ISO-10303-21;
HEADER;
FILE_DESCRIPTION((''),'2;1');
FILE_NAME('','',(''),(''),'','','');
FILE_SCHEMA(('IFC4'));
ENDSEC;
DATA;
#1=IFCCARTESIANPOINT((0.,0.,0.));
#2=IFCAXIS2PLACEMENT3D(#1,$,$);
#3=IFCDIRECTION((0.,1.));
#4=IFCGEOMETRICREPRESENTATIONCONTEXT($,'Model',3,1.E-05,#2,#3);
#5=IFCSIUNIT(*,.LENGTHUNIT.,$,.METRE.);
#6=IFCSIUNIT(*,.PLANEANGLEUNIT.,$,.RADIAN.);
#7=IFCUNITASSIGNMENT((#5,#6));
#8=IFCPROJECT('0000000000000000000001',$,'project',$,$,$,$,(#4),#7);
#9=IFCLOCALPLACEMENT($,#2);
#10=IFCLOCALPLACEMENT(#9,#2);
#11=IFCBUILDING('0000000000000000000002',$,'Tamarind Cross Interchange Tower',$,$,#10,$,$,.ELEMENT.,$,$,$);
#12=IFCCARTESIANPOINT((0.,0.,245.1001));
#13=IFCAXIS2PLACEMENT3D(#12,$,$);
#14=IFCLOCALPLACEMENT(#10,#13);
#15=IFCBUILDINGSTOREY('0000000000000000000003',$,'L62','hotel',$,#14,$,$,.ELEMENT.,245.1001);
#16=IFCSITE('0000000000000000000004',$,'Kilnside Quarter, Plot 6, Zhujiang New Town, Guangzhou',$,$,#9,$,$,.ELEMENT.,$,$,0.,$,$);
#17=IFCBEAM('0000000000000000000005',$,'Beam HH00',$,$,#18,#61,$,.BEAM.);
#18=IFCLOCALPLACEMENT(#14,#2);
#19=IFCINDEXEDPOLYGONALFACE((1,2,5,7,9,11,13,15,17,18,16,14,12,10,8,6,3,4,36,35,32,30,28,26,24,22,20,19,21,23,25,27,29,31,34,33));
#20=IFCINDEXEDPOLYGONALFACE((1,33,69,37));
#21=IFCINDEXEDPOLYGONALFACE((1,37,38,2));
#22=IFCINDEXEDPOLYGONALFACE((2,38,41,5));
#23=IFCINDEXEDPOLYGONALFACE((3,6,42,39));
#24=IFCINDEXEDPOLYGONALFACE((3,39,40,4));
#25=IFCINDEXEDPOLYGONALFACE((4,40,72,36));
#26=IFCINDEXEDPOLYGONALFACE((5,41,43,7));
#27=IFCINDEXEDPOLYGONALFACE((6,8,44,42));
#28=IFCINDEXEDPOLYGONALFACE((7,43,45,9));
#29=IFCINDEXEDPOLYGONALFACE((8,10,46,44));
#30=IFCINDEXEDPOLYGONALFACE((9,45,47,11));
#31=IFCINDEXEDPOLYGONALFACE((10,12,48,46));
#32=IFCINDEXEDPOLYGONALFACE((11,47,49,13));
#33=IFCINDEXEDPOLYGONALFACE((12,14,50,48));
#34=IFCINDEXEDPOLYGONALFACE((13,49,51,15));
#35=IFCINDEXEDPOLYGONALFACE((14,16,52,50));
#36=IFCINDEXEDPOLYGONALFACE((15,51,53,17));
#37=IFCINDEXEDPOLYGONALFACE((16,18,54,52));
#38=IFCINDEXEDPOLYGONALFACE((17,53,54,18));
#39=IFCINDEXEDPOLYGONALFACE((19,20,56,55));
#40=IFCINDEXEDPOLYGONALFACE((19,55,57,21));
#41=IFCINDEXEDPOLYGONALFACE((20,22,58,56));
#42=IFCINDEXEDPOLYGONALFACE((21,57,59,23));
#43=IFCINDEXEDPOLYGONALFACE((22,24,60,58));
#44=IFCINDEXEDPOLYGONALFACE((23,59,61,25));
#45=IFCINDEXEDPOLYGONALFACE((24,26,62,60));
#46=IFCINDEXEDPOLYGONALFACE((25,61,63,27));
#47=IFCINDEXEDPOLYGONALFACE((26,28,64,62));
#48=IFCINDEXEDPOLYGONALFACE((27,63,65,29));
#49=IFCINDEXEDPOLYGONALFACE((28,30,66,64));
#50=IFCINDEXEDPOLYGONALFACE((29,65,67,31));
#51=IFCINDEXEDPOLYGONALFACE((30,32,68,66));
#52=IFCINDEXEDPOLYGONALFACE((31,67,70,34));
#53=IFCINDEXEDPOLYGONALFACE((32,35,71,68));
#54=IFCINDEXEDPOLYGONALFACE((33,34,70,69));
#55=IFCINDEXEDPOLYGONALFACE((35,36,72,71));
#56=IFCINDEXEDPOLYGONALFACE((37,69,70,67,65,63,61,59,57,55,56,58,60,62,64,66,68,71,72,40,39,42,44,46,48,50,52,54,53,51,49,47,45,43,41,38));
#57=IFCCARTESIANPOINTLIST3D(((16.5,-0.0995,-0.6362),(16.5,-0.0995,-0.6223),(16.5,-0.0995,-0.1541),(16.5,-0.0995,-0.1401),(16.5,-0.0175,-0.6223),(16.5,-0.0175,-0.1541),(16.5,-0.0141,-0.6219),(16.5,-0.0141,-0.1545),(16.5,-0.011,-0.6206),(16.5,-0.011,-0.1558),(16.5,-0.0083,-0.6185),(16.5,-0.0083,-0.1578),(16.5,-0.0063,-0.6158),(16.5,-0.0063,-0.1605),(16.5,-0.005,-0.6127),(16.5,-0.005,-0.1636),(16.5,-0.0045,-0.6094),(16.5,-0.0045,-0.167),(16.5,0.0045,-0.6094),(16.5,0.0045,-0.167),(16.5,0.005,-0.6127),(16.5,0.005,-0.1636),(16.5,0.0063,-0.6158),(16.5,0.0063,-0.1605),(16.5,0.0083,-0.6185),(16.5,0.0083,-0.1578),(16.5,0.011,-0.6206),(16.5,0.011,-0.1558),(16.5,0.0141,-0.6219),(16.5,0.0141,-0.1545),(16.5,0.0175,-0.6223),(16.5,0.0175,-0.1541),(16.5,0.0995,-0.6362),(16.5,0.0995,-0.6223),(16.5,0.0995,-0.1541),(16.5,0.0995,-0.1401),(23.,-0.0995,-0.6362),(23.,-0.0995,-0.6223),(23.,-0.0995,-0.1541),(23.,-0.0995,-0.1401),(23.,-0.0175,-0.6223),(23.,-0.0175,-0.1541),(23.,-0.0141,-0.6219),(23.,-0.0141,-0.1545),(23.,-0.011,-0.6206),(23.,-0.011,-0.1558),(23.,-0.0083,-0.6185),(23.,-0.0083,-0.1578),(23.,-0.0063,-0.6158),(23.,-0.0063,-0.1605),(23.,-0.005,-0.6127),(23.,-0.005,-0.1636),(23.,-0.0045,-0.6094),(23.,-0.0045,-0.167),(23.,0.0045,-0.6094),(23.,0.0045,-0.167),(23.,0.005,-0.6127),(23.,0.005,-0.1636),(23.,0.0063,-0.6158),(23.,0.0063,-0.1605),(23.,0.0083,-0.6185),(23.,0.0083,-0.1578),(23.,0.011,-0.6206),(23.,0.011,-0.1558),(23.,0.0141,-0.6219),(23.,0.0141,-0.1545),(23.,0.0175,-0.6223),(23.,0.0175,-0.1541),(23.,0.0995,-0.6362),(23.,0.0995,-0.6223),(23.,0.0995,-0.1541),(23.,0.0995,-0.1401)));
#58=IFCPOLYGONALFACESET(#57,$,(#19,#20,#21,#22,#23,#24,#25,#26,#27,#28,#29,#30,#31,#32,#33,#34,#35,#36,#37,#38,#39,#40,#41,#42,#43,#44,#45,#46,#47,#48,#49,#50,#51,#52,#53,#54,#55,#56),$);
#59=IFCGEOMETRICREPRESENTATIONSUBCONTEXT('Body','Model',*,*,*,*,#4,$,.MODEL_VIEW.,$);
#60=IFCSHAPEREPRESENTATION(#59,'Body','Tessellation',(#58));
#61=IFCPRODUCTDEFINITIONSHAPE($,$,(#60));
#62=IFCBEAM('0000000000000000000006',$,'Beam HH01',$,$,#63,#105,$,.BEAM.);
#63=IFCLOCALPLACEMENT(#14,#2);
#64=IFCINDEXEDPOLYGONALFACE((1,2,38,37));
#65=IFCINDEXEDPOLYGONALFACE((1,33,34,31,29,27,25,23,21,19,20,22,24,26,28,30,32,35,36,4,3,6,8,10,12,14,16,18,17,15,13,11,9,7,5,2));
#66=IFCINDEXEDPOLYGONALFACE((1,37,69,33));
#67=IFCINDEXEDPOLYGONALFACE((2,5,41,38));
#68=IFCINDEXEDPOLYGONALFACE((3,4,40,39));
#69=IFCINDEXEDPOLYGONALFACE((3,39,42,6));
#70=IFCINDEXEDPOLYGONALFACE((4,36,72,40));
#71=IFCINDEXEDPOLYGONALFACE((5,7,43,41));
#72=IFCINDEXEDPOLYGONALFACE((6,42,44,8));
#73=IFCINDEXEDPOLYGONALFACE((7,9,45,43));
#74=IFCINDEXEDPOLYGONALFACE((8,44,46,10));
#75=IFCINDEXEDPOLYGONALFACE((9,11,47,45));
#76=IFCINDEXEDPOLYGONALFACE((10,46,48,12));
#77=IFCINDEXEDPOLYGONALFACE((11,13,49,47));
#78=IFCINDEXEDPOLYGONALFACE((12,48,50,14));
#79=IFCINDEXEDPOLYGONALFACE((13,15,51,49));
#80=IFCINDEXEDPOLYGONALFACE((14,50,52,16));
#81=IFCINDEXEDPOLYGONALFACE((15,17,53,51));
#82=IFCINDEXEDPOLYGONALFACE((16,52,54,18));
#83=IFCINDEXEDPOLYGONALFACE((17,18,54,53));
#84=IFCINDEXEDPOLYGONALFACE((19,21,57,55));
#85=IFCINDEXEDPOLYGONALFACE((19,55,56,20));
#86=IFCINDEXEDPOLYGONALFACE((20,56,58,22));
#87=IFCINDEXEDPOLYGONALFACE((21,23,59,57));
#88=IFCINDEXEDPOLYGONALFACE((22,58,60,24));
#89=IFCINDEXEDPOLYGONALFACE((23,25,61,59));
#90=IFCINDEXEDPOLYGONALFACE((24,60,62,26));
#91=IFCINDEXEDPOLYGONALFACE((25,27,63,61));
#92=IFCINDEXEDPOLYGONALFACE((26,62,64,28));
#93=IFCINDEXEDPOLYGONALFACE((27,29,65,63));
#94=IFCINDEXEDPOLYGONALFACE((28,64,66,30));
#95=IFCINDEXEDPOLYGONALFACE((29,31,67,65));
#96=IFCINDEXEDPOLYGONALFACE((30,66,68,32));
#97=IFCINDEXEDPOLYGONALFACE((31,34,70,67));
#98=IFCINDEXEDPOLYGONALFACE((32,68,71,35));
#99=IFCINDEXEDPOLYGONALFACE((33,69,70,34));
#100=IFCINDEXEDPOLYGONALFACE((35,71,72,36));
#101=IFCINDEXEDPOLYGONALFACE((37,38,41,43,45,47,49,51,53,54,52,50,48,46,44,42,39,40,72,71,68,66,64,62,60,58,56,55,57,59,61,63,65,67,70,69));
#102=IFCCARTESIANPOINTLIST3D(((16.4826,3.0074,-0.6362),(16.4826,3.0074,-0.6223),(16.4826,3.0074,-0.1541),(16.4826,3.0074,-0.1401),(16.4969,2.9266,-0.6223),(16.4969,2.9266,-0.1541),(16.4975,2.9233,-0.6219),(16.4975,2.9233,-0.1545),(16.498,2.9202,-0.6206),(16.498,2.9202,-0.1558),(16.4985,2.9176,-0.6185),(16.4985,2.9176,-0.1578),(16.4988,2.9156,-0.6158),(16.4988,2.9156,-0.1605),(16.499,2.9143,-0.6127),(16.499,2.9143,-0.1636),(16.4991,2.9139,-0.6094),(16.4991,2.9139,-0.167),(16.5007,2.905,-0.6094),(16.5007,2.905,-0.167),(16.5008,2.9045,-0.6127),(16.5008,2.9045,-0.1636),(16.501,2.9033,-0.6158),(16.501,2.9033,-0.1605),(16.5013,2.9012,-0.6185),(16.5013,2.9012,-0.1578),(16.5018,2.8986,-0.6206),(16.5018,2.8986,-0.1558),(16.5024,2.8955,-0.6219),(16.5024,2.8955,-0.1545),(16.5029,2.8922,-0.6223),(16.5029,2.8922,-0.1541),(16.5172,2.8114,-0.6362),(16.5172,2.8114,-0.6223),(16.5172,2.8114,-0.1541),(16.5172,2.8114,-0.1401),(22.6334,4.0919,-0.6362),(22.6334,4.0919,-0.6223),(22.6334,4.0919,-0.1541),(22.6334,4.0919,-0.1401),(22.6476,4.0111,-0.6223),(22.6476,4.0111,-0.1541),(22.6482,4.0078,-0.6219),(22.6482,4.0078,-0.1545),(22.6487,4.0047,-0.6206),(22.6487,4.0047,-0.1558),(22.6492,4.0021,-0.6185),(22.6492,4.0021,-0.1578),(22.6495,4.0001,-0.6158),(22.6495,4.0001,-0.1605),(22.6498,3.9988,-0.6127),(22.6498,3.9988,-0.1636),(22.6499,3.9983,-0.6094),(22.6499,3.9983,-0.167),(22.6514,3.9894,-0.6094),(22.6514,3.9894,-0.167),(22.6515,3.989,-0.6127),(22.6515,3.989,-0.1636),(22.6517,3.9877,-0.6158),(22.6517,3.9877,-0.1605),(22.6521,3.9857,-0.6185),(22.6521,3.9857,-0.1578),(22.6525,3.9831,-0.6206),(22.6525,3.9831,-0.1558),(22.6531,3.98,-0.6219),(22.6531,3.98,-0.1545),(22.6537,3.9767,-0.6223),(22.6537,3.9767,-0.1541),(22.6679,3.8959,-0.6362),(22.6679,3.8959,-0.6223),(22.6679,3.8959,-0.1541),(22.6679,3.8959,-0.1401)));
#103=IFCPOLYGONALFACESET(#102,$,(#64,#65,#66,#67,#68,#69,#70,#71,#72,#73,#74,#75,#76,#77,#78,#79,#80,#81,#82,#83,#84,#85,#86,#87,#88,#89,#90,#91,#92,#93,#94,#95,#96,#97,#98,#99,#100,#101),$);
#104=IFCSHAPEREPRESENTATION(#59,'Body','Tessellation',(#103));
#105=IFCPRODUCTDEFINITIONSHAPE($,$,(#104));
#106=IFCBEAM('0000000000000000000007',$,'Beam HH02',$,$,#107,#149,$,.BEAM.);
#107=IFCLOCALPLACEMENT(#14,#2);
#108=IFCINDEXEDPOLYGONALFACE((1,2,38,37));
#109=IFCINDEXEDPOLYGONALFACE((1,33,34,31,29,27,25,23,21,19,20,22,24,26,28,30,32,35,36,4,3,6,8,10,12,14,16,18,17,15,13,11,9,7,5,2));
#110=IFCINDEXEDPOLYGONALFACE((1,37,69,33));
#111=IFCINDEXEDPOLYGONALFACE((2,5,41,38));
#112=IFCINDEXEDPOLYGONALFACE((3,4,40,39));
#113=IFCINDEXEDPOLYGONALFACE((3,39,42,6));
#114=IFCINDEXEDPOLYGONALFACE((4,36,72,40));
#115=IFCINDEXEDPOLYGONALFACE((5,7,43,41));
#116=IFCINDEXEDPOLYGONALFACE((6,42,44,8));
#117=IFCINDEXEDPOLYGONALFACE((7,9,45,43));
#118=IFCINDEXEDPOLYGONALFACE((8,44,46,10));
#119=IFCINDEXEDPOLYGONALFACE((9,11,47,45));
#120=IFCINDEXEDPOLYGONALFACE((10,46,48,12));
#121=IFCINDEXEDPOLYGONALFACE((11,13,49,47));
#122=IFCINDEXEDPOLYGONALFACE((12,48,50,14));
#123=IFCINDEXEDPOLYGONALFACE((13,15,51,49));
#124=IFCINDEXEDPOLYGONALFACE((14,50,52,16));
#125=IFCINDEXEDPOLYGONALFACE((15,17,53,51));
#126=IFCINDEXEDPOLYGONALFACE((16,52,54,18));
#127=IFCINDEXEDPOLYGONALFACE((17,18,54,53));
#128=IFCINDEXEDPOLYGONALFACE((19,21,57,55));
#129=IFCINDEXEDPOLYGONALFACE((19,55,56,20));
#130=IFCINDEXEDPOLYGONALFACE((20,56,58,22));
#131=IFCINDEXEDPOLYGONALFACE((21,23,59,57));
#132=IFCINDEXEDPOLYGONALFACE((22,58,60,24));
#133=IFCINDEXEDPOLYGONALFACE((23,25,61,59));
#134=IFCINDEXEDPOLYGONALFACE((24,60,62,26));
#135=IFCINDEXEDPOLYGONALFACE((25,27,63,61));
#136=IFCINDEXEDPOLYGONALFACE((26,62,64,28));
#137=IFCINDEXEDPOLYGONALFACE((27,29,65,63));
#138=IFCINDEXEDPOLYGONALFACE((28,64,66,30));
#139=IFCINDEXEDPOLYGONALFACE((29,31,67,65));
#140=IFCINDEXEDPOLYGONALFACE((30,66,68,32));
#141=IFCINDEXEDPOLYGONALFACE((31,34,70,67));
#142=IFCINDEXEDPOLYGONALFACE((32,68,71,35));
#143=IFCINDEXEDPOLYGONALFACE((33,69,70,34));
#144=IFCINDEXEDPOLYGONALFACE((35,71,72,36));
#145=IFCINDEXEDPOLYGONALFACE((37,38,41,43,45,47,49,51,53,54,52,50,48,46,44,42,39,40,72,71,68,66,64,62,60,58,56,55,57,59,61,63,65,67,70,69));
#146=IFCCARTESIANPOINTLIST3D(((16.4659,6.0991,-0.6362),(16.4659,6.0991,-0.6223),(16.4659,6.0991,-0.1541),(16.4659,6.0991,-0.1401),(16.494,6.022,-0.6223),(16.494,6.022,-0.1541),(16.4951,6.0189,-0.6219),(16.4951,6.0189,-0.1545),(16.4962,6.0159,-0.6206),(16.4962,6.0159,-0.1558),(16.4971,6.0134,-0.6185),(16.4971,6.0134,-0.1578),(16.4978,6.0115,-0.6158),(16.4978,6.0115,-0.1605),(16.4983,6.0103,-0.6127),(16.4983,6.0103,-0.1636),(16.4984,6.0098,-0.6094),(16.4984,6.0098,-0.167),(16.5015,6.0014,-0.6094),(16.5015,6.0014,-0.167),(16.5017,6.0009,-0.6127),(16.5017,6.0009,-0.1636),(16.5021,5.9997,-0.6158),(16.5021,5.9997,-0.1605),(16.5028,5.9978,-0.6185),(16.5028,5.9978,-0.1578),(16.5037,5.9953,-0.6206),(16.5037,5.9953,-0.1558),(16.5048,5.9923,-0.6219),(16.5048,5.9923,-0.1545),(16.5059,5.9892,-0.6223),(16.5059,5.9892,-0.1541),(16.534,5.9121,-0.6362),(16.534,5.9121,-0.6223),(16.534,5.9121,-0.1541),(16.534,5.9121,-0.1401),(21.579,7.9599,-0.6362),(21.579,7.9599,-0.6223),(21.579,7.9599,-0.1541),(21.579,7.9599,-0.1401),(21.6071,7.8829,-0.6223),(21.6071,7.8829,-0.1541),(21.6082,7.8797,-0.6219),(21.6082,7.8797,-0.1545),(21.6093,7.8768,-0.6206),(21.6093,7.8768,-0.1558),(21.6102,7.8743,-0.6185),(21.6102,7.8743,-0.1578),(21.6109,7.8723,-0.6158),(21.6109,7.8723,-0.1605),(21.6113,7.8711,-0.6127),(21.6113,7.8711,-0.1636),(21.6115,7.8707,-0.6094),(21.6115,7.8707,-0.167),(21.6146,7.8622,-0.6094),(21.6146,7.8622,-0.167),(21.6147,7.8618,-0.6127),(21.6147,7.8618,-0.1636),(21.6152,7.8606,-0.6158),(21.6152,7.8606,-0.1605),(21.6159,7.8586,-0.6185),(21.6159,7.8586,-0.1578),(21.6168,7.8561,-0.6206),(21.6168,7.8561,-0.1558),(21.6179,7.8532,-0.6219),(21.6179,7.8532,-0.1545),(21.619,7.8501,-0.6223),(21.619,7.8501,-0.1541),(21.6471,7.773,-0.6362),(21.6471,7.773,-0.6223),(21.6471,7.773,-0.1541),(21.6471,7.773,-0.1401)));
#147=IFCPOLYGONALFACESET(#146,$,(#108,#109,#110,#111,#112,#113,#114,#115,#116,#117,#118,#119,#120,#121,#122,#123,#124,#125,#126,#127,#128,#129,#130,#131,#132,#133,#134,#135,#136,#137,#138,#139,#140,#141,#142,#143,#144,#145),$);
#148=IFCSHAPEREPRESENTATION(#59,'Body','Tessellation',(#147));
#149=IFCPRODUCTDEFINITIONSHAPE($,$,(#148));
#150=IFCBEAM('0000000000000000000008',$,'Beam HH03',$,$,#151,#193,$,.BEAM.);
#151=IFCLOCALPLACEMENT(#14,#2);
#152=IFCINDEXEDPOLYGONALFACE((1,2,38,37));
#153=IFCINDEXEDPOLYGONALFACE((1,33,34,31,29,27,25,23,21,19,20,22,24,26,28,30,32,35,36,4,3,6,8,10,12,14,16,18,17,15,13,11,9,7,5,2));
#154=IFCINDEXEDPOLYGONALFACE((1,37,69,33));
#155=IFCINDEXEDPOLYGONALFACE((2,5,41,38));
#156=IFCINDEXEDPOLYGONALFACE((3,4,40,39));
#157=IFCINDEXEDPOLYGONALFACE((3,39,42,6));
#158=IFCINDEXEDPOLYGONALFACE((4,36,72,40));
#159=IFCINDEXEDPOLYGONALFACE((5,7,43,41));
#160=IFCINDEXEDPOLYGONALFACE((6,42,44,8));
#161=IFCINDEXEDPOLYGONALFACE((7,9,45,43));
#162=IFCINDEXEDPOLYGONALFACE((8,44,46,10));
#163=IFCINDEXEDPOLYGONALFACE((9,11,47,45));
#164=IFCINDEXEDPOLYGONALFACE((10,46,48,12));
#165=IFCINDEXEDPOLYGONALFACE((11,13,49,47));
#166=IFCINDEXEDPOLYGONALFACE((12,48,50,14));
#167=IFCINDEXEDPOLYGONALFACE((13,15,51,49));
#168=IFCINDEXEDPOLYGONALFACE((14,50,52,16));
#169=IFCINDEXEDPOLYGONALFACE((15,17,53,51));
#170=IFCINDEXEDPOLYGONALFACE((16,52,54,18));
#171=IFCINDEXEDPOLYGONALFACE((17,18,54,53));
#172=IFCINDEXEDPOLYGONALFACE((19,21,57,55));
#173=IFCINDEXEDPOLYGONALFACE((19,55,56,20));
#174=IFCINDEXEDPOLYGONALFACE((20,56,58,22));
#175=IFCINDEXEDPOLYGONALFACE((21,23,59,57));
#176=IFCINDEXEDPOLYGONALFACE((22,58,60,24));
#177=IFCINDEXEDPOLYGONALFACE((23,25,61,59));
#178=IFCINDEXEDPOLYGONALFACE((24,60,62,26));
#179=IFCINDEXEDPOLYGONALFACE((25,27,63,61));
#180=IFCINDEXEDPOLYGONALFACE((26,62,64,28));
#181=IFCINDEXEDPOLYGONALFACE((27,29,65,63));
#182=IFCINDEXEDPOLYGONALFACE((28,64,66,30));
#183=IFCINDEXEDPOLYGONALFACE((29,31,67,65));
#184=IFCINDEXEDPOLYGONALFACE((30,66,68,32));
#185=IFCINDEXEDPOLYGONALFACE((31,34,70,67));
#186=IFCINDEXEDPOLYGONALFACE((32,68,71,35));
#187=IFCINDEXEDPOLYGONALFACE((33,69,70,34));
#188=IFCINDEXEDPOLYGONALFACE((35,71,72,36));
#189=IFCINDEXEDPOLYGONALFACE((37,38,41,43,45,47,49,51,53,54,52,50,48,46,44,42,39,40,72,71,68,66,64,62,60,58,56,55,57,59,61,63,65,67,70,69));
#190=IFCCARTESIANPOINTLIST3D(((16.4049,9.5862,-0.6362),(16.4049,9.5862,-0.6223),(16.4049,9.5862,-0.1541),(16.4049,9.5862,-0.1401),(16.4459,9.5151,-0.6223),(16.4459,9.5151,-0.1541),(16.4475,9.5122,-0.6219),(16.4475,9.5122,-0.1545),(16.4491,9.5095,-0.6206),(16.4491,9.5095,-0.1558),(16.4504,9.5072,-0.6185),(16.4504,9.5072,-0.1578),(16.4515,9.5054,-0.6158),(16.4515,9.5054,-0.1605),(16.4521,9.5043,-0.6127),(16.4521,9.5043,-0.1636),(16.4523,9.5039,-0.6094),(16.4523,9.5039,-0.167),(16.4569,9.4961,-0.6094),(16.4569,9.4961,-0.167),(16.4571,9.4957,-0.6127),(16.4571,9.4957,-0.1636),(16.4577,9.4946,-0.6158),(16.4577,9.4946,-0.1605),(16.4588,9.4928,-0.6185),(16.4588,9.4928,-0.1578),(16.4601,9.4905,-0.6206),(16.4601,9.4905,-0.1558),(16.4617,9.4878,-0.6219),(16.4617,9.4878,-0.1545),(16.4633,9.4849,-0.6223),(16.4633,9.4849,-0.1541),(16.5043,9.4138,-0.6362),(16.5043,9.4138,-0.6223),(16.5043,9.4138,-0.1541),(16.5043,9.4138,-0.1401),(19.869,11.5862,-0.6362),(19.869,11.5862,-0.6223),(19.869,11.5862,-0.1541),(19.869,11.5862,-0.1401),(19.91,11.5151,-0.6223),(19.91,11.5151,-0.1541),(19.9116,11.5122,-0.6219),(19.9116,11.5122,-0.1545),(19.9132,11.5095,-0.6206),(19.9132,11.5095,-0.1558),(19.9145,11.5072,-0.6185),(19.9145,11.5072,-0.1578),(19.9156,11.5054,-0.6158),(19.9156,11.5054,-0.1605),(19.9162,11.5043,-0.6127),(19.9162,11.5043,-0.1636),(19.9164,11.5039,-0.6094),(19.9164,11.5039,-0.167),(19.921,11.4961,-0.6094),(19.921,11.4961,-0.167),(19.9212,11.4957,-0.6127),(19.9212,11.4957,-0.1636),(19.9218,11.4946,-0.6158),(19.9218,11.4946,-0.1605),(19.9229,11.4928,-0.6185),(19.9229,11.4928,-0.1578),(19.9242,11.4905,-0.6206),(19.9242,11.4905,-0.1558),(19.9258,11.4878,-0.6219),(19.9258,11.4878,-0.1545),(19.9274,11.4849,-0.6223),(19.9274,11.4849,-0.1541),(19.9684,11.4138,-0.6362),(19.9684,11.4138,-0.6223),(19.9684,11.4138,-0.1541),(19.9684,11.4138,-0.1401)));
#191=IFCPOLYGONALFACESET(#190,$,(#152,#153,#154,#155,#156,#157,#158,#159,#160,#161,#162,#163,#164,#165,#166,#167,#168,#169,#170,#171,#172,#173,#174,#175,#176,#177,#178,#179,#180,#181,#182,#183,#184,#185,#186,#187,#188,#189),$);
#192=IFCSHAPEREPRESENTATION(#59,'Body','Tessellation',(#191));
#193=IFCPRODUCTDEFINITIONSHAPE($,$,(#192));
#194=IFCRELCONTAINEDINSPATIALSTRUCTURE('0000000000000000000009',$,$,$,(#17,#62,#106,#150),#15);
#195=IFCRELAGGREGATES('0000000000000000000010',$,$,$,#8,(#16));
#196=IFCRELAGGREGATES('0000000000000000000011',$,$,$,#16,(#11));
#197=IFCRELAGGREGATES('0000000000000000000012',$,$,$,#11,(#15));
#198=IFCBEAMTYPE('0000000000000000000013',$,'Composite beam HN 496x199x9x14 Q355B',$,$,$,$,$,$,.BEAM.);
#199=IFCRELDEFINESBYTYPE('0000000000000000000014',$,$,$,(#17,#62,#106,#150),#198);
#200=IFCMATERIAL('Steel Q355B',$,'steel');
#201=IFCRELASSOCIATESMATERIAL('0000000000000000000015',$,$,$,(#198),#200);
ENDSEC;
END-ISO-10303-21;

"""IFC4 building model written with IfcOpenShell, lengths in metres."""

from ifc_helpers import new_model, si_unit, direction, frame, origin, origin_2d, place, context, subcontext, project, spatial, i_section, extrude, material, material_profile, profile_set, type_object, element, save


model = new_model("IFC4")

# Units and contexts
model_context = context("Model", 3, precision=1e-05, world=origin(), true_north=direction((0.0, 1.0)))
body_context = subcontext(model_context, "Body", "Model", "MODEL_VIEW")
ifc_project = project(units=[si_unit("LENGTHUNIT", "METRE"), si_unit("PLANEANGLEUNIT", "RADIAN")], contexts=[model_context])

# Site, building, storey
site_placement = place(None, origin())
site = spatial("IfcSite", under=ifc_project, at=site_placement, Name="Kilnside Quarter, Plot 6, Zhujiang New Town, Guangzhou", CompositionType="ELEMENT", RefElevation=0.0)
building_placement = place(site_placement, origin())
building = spatial("IfcBuilding", under=site, at=building_placement, Name="Tamarind Cross Interchange Tower", CompositionType="ELEMENT")
storey_placement = place(building_placement, frame((0.0, 0.0, 245.1001)))
storey = spatial("IfcBuildingStorey", under=building, at=storey_placement, Name="L62", Description="hotel", CompositionType="ELEMENT", Elevation=245.1001)

# Beams
ifc_material_1 = material(Name="Steel Q355B", Category="steel")
ifc_material_profile_1 = material_profile(ifc_material_1, i_section(OverallWidth=0.199, OverallDepth=0.4961, WebThickness=0.009, FlangeThickness=0.0139, FilletRadius=0.0129, at=origin_2d()), Name="HN 496x199x9x14")
ifc_profile_set_1 = profile_set([ifc_material_profile_1], Name="Steel Q355B")
beam_type = type_object("IfcBeamType", Name="Composite beam HN 496x199x9x14 Q355B", PredefinedType="BEAM", material=ifc_profile_set_1)
beam_1_placement = place(storey_placement, frame((23.0, 0.0, -0.3882), z_axis=(-1.0, 0.0, 0.0), x_axis=(0.0, -1.0, 0.0)))
element("IfcBeam", 1, at=beam_1_placement, inside=storey, type_object=beam_type, Name="Beam HH00", PredefinedType="BEAM", context=body_context, shape_type="SweptSolid", body=[
    extrude(i_section(OverallWidth=0.199, OverallDepth=0.4961, WebThickness=0.009, FlangeThickness=0.0139, FilletRadius=0.0129, at=origin_2d()), origin(), (0.0, 0.0, 1.0), 6.5),
])
beam_2_placement = place(storey_placement, frame((22.6506, 3.9939, -0.3882), z_axis=(-0.984809, -0.17364, 0.0), x_axis=(0.17364, -0.984809, 0.0)))
element("IfcBeam", 2, at=beam_2_placement, inside=storey, type_object=beam_type, Name="Beam HH01", PredefinedType="BEAM", context=body_context, shape_type="SweptSolid", body=[
    extrude(i_section(OverallWidth=0.199, OverallDepth=0.4961, WebThickness=0.009, FlangeThickness=0.0139, FilletRadius=0.0129, at=origin_2d()), origin(), (0.0, 0.0, 1.0), 6.2456),
])
beam_3_placement = place(storey_placement, frame((21.613, 7.8665, -0.3882), z_axis=(-0.939702, -0.341995, 0.0), x_axis=(0.341995, -0.939702, 0.0)))
element("IfcBeam", 3, at=beam_3_placement, inside=storey, type_object=beam_type, Name="Beam HH02", PredefinedType="BEAM", context=body_context, shape_type="SweptSolid", body=[
    extrude(i_section(OverallWidth=0.199, OverallDepth=0.4961, WebThickness=0.009, FlangeThickness=0.0139, FilletRadius=0.0129, at=origin_2d()), origin(), (0.0, 0.0, 1.0), 5.4412),
])
beam_4_placement = place(storey_placement, frame((19.9187, 11.5, -0.3882), z_axis=(-0.866026, -0.499999, 0.0), x_axis=(0.499999, -0.866026, 0.0)))
element("IfcBeam", 4, at=beam_4_placement, inside=storey, type_object=beam_type, Name="Beam HH03", PredefinedType="BEAM", context=body_context, shape_type="SweptSolid", body=[
    extrude(i_section(OverallWidth=0.199, OverallDepth=0.4961, WebThickness=0.009, FlangeThickness=0.0139, FilletRadius=0.0129, at=origin_2d()), origin(), (0.0, 0.0, 1.0), 4.0),
])

save(model, "model.ifc")
